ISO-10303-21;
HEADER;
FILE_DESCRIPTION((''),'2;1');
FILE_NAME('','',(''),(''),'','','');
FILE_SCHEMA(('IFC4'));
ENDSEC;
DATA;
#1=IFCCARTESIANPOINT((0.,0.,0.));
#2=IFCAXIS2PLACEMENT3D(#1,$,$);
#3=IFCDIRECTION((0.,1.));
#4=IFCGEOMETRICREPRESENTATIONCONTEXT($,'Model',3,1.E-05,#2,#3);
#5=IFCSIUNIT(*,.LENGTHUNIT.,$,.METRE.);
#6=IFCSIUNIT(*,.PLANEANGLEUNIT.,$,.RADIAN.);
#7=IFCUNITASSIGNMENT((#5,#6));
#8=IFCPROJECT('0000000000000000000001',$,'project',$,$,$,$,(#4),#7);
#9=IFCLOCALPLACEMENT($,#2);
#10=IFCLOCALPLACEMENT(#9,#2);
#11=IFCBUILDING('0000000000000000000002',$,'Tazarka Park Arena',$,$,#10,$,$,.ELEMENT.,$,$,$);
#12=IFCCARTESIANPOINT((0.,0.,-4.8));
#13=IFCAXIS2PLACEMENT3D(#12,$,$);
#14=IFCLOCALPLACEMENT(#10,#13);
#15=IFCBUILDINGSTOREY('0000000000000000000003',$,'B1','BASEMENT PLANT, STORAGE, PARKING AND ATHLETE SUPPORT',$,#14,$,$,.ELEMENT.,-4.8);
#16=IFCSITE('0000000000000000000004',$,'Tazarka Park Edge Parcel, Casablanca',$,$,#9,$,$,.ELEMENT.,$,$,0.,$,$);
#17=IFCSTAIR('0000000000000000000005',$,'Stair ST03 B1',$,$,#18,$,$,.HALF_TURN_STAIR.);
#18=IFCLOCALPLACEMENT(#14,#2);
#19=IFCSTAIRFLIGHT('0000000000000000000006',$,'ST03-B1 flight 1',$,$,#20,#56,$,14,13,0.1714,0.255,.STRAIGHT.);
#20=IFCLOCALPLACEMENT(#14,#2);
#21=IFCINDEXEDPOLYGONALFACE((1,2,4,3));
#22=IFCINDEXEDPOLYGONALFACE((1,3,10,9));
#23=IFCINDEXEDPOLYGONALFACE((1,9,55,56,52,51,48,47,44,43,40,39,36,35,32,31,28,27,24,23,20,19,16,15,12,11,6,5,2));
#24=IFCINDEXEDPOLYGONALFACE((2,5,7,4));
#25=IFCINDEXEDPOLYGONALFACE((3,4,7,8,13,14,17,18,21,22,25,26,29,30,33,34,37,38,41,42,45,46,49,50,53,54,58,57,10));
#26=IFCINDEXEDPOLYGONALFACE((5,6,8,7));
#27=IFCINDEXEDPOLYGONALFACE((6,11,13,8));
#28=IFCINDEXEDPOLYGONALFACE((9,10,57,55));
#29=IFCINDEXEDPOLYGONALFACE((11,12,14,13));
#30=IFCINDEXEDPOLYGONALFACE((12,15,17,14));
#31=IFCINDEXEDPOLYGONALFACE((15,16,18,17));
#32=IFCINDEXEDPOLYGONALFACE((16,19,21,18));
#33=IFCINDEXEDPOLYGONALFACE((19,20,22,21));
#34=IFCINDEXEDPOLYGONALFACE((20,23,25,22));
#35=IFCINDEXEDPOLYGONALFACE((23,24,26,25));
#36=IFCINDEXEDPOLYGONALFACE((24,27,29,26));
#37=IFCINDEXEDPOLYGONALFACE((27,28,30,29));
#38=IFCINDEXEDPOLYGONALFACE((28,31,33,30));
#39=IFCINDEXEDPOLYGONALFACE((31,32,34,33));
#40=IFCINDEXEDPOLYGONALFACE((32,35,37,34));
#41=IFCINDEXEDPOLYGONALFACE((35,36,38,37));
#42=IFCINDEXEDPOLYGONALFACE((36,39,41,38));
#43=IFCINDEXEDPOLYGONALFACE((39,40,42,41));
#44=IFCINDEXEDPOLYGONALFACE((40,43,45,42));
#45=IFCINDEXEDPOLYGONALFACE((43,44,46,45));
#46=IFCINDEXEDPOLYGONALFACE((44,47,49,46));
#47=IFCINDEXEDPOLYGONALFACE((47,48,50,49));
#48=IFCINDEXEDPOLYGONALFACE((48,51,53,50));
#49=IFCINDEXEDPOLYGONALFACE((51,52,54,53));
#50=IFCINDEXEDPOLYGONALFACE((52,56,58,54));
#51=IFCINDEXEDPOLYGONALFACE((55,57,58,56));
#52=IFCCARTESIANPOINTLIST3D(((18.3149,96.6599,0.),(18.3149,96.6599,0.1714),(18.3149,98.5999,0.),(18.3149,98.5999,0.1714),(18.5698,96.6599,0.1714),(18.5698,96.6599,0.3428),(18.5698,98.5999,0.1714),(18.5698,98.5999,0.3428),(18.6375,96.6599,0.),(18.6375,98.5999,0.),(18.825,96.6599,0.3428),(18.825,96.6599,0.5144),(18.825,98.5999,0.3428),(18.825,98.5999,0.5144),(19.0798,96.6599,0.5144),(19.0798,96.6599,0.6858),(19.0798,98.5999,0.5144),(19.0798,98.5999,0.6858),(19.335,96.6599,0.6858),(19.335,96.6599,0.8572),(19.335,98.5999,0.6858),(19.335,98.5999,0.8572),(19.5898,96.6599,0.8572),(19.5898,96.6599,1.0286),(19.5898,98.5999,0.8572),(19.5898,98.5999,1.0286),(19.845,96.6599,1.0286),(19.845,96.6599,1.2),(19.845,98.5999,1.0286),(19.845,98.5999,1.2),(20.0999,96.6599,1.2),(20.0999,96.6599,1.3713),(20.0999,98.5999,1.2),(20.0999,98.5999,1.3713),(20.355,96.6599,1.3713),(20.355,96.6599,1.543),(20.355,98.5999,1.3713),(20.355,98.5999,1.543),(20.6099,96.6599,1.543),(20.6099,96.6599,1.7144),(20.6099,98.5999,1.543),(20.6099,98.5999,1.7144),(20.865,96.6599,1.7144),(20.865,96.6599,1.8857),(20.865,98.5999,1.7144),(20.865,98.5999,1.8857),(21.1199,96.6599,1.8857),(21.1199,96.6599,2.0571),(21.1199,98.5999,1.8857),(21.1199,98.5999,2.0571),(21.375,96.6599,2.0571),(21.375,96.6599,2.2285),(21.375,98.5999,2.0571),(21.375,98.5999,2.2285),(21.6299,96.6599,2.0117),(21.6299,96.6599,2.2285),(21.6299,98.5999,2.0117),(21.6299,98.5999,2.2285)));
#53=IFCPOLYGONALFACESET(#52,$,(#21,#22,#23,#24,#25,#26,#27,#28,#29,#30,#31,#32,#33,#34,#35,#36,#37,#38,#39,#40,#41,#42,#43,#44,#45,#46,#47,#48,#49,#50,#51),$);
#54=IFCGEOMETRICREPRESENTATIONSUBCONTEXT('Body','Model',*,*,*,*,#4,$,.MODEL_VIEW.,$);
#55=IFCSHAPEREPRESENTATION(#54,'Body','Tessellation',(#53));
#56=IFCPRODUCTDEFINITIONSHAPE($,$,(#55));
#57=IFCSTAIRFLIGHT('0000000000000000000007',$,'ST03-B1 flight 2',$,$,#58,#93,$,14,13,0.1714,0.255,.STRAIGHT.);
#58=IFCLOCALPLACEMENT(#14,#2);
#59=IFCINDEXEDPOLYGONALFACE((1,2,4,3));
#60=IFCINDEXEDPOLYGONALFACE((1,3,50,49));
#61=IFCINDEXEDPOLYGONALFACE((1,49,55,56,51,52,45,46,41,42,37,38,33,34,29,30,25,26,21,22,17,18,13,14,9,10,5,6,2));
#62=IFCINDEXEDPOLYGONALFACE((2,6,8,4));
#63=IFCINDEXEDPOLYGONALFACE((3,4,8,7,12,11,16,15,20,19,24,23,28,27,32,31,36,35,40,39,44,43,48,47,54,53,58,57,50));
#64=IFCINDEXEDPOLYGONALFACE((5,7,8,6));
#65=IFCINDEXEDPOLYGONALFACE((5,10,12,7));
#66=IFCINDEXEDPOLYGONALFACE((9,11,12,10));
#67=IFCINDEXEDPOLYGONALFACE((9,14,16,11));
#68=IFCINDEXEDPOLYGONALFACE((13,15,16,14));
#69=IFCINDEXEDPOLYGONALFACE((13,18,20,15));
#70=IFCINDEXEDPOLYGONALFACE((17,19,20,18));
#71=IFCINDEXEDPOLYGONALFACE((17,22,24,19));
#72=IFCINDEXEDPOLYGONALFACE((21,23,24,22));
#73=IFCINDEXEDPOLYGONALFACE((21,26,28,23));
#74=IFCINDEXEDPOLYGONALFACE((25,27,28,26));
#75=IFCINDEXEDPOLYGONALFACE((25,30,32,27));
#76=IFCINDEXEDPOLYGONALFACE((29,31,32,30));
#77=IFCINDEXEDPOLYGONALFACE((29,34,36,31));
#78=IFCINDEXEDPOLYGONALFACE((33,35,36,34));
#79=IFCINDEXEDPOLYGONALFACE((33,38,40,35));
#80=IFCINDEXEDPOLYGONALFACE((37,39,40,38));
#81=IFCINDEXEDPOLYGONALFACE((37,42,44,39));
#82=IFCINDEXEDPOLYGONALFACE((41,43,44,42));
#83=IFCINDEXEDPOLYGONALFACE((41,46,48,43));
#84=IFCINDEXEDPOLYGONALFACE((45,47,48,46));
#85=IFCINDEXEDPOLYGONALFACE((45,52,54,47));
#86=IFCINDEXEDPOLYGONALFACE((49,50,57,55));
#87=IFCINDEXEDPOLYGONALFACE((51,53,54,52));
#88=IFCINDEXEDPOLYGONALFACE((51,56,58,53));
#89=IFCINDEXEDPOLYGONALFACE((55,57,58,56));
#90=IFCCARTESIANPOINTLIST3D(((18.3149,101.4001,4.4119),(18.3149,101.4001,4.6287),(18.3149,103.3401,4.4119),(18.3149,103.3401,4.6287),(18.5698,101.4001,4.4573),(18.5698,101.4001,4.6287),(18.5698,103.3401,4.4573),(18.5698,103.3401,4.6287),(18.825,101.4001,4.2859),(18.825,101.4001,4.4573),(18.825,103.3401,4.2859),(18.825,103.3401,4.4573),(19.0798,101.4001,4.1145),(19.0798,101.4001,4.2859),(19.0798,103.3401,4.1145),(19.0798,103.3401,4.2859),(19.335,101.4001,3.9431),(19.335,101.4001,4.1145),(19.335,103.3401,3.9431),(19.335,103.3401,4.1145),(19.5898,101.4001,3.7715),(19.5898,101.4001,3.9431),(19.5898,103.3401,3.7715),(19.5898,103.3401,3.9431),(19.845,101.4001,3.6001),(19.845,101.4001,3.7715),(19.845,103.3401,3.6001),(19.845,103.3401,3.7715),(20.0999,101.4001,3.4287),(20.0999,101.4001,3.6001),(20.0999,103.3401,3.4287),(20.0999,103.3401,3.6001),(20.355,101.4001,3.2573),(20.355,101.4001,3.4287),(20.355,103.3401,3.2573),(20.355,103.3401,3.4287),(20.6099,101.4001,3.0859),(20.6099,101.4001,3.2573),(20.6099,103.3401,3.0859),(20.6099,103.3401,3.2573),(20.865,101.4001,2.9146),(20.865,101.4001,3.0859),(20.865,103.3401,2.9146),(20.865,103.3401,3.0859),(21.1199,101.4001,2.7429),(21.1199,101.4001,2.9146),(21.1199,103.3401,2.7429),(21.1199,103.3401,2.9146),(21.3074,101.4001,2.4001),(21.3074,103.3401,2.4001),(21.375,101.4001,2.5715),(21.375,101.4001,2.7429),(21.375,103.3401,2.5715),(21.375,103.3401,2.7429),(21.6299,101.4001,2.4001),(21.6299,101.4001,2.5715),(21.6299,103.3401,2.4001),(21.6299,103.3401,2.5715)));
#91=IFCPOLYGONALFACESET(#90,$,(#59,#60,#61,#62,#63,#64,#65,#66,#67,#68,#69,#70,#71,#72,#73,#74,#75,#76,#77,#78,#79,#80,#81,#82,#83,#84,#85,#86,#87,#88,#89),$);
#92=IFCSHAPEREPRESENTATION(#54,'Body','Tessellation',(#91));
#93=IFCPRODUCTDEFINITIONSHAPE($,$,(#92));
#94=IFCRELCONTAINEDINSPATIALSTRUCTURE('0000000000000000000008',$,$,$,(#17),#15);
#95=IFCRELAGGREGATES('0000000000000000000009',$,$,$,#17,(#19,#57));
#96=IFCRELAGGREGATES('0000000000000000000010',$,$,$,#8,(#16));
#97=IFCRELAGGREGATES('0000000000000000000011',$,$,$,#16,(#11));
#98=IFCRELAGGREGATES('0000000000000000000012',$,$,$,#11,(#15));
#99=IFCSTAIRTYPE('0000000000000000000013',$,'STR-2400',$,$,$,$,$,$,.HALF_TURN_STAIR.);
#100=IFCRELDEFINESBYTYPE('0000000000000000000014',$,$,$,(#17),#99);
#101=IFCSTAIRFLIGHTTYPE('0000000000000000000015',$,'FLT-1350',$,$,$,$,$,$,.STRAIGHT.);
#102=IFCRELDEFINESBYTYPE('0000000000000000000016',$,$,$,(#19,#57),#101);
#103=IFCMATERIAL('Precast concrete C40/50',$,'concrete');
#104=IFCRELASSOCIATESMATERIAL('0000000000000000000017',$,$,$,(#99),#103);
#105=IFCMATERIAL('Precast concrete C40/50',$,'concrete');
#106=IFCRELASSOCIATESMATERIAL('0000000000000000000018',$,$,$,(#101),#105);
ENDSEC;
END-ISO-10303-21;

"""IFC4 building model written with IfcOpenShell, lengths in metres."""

from ifc_helpers import new_model, si_unit, direction, frame, origin, place, context, subcontext, project, spatial, polyline, outline, extrude, material, type_object, element, aggregate, save


model = new_model("IFC4")

# Units and contexts
model_context = context("Model", 3, precision=1e-05, world=origin(), true_north=direction((0.0, 1.0)))
body_context = subcontext(model_context, "Body", "Model", "MODEL_VIEW")
ifc_project = project(units=[si_unit("LENGTHUNIT", "METRE"), si_unit("PLANEANGLEUNIT", "RADIAN")], contexts=[model_context])

# Site, building, storey
site_placement = place(None, origin())
site = spatial("IfcSite", under=ifc_project, at=site_placement, Name="Tazarka Park Edge Parcel, Casablanca", CompositionType="ELEMENT", RefElevation=0.0)
building_placement = place(site_placement, origin())
building = spatial("IfcBuilding", under=site, at=building_placement, Name="Tazarka Park Arena", CompositionType="ELEMENT")
storey_placement = place(building_placement, frame((0.0, 0.0, -4.8)))
storey = spatial("IfcBuildingStorey", under=building, at=storey_placement, Name="B1", Description="BASEMENT PLANT, STORAGE, PARKING AND ATHLETE SUPPORT", CompositionType="ELEMENT", Elevation=-4.8)

# Stair, stair flights
ifc_material_1 = material(Name="Precast concrete C40/50", Category="concrete")
stair_type = type_object("IfcStairType", Name="STR-2400", PredefinedType="HALF_TURN_STAIR", material=ifc_material_1)
stair_placement = place(storey_placement, origin())
stair = element("IfcStair", 1, at=stair_placement, inside=storey, type_object=stair_type, Name="Stair ST03 B1", PredefinedType="HALF_TURN_STAIR")
ifc_material_2 = material(Name="Precast concrete C40/50", Category="concrete")
stair_flight_type = type_object("IfcStairFlightType", Name="FLT-1350", PredefinedType="STRAIGHT", material=ifc_material_2)
stair_flight_1_placement = place(storey_placement, frame((18.3149, 97.6299, 0.0), z_axis=(0.0, 0.0, 1.0), x_axis=(1.0, 0.0, 0.0)))
stair_flight_1 = element("IfcStairFlight", 2, at=stair_flight_1_placement, type_object=stair_flight_type, Name="ST03-B1 flight 1", NumberOfRisers=14, NumberOfTreads=13, PredefinedType="STRAIGHT", RiserHeight=0.1714, TreadLength=0.255, context=body_context, shape_type="SweptSolid", body=[
    extrude(outline(polyline([(0.0, 0.0), (0.0, 0.1714), (0.2549, 0.1714), (0.2549, 0.3428), (0.51, 0.3428), (0.51, 0.5144), (0.7649, 0.5144), (0.7649, 0.6858), (1.02, 0.6858), (1.02, 0.8572), (1.2749, 0.8572), (1.2749, 1.0286), (1.53, 1.0286), (1.53, 1.2), (1.7849, 1.2), (1.7849, 1.3713), (2.04, 1.3713), (2.04, 1.543), (2.2949, 1.543), (2.2949, 1.7144), (2.55, 1.7144), (2.55, 1.8857), (2.8049, 1.8857), (2.8049, 2.0571), (3.0601, 2.0571), (3.0601, 2.2285), (3.3149, 2.2285), (3.3149, 2.3999), (3.3149, 2.0117), (0.3225, 0.0), (0.0, 0.0)])), frame((0.0, 0.97, 0.0), z_axis=(0.0, -1.0, 0.0), x_axis=(1.0, 0.0, 0.0)), (0.0, 0.0, 1.0), 1.9399),
])
stair_flight_2_placement = place(storey_placement, frame((21.6299, 102.3701, 2.4001), z_axis=(0.0, 0.0, 1.0), x_axis=(-1.0, 0.0, 0.0)))
stair_flight_2 = element("IfcStairFlight", 3, at=stair_flight_2_placement, type_object=stair_flight_type, Name="ST03-B1 flight 2", NumberOfRisers=14, NumberOfTreads=13, PredefinedType="STRAIGHT", RiserHeight=0.1714, TreadLength=0.255, context=body_context, shape_type="SweptSolid", body=[
    extrude(outline(polyline([(0.0, 0.0), (0.0, 0.1714), (0.2549, 0.1714), (0.2549, 0.3428), (0.51, 0.3428), (0.51, 0.5144), (0.7649, 0.5144), (0.7649, 0.6858), (1.02, 0.6858), (1.02, 0.8572), (1.2749, 0.8572), (1.2749, 1.0286), (1.53, 1.0286), (1.53, 1.2), (1.7849, 1.2), (1.7849, 1.3713), (2.04, 1.3713), (2.04, 1.543), (2.2949, 1.543), (2.2949, 1.7144), (2.55, 1.7144), (2.55, 1.8857), (2.8049, 1.8857), (2.8049, 2.0571), (3.0601, 2.0571), (3.0601, 2.2285), (3.3149, 2.2285), (3.3149, 2.3999), (3.3149, 2.0117), (0.3225, 0.0), (0.0, 0.0)])), frame((0.0, 0.97, 0.0), z_axis=(0.0, -1.0, 0.0), x_axis=(1.0, 0.0, 0.0)), (0.0, 0.0, 1.0), 1.9399),
])
aggregate(stair, [stair_flight_1, stair_flight_2])

save(model, "model.ifc")
